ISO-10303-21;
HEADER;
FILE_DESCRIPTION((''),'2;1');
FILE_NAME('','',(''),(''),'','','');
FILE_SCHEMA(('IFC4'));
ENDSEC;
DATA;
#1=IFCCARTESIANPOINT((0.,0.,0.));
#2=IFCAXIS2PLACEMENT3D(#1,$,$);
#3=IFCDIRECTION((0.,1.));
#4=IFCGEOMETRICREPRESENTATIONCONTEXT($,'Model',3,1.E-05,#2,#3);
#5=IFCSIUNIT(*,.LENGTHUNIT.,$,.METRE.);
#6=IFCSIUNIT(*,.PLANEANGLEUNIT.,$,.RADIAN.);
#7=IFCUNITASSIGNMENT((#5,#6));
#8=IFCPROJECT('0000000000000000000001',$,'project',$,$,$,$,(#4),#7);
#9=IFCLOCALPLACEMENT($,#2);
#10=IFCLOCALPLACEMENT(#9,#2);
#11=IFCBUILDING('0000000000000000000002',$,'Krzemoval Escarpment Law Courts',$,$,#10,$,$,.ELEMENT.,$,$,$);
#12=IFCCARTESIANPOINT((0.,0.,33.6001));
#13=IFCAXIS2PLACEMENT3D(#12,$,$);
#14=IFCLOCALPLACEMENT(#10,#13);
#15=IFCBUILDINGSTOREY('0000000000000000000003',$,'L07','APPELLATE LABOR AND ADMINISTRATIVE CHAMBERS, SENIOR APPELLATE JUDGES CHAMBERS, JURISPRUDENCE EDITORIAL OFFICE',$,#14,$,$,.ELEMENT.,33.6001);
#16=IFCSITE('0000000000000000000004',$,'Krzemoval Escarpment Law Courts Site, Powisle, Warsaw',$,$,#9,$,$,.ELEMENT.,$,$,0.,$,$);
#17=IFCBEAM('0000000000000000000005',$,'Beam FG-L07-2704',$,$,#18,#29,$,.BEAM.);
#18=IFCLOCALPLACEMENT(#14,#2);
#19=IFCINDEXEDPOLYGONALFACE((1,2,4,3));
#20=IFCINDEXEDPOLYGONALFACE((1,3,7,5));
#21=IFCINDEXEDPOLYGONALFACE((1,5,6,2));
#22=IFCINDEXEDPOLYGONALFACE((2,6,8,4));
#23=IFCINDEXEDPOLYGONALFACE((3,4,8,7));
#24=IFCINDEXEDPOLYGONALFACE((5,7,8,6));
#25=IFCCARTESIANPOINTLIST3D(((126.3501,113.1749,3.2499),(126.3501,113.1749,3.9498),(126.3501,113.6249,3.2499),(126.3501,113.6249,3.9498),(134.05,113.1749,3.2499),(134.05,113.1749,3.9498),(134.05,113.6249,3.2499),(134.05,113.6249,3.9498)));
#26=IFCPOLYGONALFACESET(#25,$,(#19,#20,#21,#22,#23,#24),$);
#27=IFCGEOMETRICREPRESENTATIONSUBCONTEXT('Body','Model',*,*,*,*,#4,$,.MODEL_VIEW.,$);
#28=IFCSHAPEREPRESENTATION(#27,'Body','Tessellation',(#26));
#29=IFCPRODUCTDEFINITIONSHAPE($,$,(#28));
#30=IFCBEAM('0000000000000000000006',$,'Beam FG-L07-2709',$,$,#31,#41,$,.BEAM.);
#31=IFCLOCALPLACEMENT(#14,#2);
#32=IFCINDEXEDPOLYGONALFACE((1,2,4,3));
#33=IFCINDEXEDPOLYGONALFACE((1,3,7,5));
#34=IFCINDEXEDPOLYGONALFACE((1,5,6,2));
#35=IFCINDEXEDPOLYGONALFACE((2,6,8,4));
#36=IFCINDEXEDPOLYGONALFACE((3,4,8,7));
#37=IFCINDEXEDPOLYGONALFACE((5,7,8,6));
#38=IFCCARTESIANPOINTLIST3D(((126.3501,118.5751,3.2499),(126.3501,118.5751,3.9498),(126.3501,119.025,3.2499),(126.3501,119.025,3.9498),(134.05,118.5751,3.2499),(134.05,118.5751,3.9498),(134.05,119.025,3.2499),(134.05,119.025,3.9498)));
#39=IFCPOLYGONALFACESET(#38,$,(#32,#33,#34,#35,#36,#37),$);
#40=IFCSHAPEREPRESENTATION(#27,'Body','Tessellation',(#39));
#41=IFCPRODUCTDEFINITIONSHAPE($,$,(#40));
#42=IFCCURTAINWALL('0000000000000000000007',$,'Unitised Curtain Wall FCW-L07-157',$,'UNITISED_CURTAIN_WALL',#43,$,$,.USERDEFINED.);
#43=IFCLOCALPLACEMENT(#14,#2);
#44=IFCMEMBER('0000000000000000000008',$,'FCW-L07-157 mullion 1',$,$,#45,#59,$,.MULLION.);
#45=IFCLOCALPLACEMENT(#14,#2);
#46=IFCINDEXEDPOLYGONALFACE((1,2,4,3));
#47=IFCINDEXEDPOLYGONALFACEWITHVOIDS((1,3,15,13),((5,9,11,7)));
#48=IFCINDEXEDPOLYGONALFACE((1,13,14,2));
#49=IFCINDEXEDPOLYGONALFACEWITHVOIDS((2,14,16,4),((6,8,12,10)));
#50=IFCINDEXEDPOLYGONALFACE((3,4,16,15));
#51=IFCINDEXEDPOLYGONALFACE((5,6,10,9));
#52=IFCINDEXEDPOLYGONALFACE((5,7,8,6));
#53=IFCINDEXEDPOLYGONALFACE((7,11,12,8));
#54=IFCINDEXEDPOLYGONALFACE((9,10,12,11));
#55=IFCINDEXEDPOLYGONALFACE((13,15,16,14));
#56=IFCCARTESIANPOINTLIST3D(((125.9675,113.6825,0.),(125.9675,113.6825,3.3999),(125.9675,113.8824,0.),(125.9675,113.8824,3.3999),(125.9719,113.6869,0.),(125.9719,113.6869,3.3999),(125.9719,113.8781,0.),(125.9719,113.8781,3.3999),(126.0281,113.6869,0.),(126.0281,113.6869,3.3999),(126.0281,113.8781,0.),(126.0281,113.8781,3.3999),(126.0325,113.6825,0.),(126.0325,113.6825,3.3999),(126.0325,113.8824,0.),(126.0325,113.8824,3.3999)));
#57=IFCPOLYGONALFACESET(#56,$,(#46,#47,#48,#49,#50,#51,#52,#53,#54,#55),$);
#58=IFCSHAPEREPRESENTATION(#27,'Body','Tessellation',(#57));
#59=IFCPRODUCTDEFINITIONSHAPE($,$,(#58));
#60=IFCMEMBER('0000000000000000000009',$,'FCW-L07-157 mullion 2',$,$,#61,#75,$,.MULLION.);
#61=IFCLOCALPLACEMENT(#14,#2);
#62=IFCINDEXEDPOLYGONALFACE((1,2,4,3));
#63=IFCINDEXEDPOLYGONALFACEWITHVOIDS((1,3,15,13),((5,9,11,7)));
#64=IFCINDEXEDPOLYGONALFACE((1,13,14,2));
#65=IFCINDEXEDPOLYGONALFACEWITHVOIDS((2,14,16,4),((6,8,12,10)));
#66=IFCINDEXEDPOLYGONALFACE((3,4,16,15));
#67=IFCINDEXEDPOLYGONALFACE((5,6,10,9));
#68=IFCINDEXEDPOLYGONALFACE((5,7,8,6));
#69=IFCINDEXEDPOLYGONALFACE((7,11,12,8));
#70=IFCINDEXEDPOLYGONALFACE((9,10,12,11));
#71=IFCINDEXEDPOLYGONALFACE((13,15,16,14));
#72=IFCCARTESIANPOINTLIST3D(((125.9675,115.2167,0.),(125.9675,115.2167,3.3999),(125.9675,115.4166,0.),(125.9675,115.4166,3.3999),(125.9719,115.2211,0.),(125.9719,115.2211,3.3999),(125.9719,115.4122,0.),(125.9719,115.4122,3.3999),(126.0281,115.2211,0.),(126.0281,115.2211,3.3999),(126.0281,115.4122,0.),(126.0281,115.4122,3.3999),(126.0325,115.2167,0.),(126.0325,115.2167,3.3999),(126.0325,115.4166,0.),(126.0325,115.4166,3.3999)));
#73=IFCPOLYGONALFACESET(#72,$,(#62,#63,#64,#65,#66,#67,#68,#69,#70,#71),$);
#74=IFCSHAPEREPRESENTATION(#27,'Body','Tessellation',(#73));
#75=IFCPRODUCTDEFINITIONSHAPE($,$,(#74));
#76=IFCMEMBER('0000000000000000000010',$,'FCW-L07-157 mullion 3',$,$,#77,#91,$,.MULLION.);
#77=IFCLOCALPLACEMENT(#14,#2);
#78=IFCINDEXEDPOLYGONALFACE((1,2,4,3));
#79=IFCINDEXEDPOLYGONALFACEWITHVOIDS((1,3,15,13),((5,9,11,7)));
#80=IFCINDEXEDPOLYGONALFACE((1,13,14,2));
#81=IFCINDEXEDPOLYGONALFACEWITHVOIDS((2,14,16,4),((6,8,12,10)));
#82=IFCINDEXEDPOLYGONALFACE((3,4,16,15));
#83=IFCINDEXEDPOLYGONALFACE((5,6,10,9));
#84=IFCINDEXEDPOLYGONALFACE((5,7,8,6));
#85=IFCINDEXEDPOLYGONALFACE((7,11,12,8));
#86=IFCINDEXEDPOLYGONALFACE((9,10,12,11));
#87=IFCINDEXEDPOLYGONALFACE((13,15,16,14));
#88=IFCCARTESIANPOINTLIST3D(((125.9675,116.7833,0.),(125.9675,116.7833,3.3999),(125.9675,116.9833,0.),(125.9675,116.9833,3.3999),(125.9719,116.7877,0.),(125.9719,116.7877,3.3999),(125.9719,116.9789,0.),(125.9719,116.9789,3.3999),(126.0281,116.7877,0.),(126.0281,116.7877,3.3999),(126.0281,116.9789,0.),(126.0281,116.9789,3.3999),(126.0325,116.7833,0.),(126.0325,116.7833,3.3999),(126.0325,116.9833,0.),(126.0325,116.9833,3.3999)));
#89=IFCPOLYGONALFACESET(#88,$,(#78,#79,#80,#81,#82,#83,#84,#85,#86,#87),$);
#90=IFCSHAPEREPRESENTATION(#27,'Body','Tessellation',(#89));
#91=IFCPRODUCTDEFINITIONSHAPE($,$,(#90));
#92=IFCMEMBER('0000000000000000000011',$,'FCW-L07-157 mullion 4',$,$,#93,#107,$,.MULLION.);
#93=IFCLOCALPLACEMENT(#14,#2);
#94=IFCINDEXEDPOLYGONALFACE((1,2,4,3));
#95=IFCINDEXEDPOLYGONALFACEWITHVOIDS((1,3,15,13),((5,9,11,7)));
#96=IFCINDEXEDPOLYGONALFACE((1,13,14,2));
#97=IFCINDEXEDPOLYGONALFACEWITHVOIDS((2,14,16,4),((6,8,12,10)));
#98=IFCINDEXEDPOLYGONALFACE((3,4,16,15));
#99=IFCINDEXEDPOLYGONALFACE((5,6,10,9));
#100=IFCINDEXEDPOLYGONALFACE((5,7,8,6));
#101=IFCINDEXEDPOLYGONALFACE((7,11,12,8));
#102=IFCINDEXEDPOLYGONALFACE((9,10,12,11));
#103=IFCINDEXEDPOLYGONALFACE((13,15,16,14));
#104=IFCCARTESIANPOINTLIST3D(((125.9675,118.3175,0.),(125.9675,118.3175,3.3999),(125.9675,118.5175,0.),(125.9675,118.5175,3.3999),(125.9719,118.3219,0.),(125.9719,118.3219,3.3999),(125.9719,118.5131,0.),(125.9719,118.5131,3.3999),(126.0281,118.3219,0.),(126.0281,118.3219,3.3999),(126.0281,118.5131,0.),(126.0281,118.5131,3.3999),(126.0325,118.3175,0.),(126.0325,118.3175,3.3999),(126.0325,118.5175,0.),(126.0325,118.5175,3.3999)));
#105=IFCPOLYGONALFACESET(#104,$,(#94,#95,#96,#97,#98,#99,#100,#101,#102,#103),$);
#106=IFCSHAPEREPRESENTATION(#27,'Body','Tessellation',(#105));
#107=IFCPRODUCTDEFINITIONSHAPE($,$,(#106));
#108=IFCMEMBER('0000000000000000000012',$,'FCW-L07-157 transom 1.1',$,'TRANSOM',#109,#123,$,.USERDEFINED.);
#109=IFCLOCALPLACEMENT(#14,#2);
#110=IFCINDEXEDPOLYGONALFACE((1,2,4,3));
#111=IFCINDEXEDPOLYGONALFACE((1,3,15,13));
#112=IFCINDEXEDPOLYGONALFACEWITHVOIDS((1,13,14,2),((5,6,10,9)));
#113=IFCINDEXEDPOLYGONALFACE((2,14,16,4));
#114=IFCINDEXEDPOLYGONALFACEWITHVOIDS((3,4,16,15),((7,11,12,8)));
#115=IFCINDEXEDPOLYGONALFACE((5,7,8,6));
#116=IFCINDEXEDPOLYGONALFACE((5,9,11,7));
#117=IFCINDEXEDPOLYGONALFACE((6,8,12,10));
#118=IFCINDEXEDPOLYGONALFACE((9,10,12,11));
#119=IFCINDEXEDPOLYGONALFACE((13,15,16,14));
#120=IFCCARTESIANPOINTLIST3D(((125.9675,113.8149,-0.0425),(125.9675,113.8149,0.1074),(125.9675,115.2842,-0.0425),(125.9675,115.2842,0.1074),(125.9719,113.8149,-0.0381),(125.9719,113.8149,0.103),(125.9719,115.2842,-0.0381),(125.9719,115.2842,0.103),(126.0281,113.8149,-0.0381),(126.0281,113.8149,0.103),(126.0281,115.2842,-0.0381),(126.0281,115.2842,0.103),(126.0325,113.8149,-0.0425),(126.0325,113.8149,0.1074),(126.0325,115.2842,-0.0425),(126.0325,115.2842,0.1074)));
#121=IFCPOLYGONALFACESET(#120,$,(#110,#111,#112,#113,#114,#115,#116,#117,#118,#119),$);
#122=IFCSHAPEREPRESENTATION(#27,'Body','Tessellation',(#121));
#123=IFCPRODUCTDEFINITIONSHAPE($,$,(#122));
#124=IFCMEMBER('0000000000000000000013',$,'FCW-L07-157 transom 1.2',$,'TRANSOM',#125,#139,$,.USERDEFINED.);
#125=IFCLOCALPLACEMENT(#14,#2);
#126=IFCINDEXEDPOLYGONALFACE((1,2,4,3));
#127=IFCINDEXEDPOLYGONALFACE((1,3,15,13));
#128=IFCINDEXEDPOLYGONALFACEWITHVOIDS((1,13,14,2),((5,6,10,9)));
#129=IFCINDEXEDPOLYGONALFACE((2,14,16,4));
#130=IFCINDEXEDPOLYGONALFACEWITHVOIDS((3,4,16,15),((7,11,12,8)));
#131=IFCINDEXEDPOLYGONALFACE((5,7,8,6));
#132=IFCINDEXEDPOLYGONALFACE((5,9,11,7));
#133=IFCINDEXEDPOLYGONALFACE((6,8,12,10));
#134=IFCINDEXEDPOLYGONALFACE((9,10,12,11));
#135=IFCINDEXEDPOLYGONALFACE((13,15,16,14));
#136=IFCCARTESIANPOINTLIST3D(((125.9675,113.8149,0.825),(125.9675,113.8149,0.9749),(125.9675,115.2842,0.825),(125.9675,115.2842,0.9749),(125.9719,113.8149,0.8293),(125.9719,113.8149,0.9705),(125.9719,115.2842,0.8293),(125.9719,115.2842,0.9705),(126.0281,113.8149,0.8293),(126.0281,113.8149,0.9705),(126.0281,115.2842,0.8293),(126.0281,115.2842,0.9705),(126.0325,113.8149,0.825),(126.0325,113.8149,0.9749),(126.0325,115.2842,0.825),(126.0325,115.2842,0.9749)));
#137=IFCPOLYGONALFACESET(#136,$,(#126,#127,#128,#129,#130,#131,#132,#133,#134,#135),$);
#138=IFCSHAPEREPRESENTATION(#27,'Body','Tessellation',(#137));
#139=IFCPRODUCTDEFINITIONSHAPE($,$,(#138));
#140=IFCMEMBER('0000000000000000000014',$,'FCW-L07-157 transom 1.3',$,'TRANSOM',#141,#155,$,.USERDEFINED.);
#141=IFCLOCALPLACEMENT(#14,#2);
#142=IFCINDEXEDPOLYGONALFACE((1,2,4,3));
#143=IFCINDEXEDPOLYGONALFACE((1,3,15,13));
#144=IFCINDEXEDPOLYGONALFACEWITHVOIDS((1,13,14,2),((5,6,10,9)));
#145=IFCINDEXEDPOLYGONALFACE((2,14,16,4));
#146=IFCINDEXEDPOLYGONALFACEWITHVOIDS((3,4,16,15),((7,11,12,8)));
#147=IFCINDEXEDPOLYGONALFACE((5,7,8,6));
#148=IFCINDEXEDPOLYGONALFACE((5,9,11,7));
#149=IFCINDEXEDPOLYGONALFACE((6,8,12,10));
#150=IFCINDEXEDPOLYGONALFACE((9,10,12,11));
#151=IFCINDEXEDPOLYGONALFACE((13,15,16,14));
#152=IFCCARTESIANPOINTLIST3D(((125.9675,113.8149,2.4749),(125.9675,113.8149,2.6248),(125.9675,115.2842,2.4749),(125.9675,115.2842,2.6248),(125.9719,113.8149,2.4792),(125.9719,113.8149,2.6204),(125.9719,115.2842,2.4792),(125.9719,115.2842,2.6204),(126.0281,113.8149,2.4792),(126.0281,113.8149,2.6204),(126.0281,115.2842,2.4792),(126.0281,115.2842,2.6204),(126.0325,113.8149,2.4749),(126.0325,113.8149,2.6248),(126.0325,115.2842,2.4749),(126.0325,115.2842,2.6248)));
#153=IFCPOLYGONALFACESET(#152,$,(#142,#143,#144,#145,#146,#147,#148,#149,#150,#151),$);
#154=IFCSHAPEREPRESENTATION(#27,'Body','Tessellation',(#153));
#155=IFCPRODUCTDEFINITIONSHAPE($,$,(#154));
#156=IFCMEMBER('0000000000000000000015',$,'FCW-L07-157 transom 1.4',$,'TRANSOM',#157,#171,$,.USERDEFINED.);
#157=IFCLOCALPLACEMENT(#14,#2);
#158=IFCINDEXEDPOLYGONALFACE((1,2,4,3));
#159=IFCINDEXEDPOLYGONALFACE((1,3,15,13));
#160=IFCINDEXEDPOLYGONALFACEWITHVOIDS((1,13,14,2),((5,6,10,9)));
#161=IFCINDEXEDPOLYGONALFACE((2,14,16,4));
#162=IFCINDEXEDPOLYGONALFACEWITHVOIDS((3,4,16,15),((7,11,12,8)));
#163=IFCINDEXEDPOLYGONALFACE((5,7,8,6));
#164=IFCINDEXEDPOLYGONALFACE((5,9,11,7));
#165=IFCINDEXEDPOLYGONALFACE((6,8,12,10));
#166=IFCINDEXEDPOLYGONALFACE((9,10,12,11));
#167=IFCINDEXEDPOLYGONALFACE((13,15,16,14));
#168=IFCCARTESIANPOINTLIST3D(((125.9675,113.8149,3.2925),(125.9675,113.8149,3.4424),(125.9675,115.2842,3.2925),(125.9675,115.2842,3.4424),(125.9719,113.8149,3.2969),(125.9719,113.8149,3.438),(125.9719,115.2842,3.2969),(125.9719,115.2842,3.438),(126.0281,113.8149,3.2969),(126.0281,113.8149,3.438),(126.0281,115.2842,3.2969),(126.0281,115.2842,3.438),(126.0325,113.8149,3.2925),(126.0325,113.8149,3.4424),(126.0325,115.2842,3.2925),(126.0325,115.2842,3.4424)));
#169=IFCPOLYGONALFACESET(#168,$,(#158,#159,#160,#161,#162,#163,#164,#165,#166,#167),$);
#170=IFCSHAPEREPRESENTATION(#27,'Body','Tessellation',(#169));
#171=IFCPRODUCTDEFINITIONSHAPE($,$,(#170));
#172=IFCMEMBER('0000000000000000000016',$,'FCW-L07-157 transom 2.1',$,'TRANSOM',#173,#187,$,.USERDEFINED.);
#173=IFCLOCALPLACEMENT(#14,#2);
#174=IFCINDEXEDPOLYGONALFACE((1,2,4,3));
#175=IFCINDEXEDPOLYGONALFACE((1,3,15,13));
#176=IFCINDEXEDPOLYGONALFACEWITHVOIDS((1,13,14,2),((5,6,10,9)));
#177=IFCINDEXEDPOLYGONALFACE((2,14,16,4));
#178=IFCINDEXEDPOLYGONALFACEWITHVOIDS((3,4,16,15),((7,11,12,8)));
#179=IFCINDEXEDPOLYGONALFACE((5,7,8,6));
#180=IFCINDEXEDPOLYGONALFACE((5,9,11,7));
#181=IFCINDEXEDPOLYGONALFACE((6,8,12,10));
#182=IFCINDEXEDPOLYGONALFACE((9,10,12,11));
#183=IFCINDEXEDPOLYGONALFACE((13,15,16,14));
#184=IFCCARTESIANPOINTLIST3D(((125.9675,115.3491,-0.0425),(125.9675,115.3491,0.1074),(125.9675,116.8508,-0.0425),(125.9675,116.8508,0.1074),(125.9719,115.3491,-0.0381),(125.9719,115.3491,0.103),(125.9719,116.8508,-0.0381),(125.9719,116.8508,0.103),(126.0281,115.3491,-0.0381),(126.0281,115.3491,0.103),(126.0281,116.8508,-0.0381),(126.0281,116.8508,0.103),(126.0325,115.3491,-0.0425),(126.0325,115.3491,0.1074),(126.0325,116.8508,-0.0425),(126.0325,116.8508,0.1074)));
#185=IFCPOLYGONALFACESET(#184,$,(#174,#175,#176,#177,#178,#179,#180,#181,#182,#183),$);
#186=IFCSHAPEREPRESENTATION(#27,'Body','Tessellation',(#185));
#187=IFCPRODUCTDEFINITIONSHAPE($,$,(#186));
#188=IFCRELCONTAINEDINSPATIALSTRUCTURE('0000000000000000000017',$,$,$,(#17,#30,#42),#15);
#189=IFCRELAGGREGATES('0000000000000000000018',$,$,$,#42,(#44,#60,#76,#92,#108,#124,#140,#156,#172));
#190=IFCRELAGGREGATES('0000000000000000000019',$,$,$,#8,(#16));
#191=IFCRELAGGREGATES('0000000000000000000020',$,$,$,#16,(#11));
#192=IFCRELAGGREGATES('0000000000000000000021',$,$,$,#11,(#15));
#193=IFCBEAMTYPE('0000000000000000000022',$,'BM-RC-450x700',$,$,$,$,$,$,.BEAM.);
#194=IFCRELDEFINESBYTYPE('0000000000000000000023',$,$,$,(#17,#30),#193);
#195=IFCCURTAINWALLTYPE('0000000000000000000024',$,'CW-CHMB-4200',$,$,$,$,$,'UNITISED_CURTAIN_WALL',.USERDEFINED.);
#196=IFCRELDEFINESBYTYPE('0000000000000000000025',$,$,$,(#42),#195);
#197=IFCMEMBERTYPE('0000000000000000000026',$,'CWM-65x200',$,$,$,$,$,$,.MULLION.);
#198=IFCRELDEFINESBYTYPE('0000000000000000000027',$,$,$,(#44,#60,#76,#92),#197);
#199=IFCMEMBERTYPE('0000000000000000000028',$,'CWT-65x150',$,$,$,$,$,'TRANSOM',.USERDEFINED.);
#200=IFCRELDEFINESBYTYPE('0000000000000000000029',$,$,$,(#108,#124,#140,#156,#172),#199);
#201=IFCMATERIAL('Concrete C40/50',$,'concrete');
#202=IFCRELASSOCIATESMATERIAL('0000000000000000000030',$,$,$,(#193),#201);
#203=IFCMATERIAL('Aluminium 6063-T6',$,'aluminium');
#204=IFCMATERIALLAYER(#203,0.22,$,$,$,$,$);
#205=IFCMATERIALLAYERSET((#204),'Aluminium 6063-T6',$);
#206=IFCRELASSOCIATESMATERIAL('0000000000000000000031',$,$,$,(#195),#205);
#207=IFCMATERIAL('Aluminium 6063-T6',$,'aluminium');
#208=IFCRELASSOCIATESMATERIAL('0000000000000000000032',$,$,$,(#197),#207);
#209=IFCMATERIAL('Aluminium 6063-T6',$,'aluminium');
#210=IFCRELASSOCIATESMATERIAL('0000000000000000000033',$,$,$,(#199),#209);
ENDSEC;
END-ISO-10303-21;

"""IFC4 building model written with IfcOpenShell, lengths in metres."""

from ifc_helpers import new_model, si_unit, direction, frame, origin, origin_2d, place, context, subcontext, project, spatial, rectangle, hollow_rectangle, extrude, material, layer, layer_set, material_profile, profile_set, type_object, element, aggregate, save


model = new_model("IFC4")

# Units and contexts
model_context = context("Model", 3, precision=1e-05, world=origin(), true_north=direction((0.0, 1.0)))
body_context = subcontext(model_context, "Body", "Model", "MODEL_VIEW")
ifc_project = project(units=[si_unit("LENGTHUNIT", "METRE"), si_unit("PLANEANGLEUNIT", "RADIAN")], contexts=[model_context])

# Site, building, storey
site_placement = place(None, origin())
site = spatial("IfcSite", under=ifc_project, at=site_placement, Name="Krzemoval Escarpment Law Courts Site, Powisle, Warsaw", CompositionType="ELEMENT", RefElevation=0.0)
building_placement = place(site_placement, origin())
building = spatial("IfcBuilding", under=site, at=building_placement, Name="Krzemoval Escarpment Law Courts", CompositionType="ELEMENT")
storey_placement = place(building_placement, frame((0.0, 0.0, 33.6001)))
storey = spatial("IfcBuildingStorey", under=building, at=storey_placement, Name="L07", Description="APPELLATE LABOR AND ADMINISTRATIVE CHAMBERS, SENIOR APPELLATE JUDGES CHAMBERS, JURISPRUDENCE EDITORIAL OFFICE", CompositionType="ELEMENT", Elevation=33.6001)

# Beams
ifc_material_1 = material(Name="Concrete C40/50", Category="concrete")
ifc_material_profile_1 = material_profile(ifc_material_1, rectangle(XDim=0.45, YDim=0.7, at=origin_2d()), Name="RCB 450x700")
ifc_profile_set_1 = profile_set([ifc_material_profile_1], Name="Concrete C40/50")
beam_type = type_object("IfcBeamType", Name="BM-RC-450x700", PredefinedType="BEAM", material=ifc_profile_set_1)
for number, where, z_axis, x_axis, name in (
    (1, (126.3501, 113.3999, 3.5999), (1.0, 0.0, 0.0), (0.0, 1.0, 0.0), "Beam FG-L07-2704"),
    (2, (126.3501, 118.8, 3.5999), (1.0, 0.0, 0.0), (0.0, 1.0, 0.0), "Beam FG-L07-2709"),
):
    element("IfcBeam", number, at=place(storey_placement, frame(where, z_axis=z_axis, x_axis=x_axis)), inside=storey, type_object=beam_type, Name=name, PredefinedType="BEAM", context=body_context, shape_type="SweptSolid", body=[
        extrude(rectangle(XDim=0.45, YDim=0.7, at=origin_2d()), origin(), (0.0, 0.0, 1.0), 7.7),
    ])

# Curtain wall, members
ifc_material_2 = material(Name="Aluminium 6063-T6", Category="aluminium")
ifc_layer_1 = layer(ifc_material_2, 0.22)
ifc_layer_set_1 = layer_set([ifc_layer_1], Name="Aluminium 6063-T6")
curtain_wall_type = type_object("IfcCurtainWallType", Name="CW-CHMB-4200", ElementType="UNITISED_CURTAIN_WALL", PredefinedType="USERDEFINED", material=ifc_layer_set_1)
curtain_wall_placement = place(storey_placement, origin())
curtain_wall = element("IfcCurtainWall", 3, at=curtain_wall_placement, inside=storey, type_object=curtain_wall_type, Name="Unitised Curtain Wall FCW-L07-157", ObjectType="UNITISED_CURTAIN_WALL", PredefinedType="USERDEFINED")
ifc_material_3 = material(Name="Aluminium 6063-T6", Category="aluminium")
ifc_material_profile_2 = material_profile(ifc_material_3, hollow_rectangle(XDim=0.0649, YDim=0.2, WallThickness=0.0044, at=origin_2d()), Name="ALU M65x200")
ifc_profile_set_2 = profile_set([ifc_material_profile_2], Name="Aluminium 6063-T6")
member_type_1 = type_object("IfcMemberType", Name="CWM-65x200", PredefinedType="MULLION", material=ifc_profile_set_2)
member_1_placement = place(storey_placement, frame((126.0, 113.7825, 0.0), z_axis=(0.0, 0.0, 1.0), x_axis=(-1.0, 0.0, 0.0)))
member_1 = element("IfcMember", 4, at=member_1_placement, type_object=member_type_1, Name="FCW-L07-157 mullion 1", PredefinedType="MULLION", context=body_context, shape_type="SweptSolid", body=[
    extrude(hollow_rectangle(XDim=0.0649, YDim=0.2, WallThickness=0.0044, at=origin_2d()), origin(), (0.0, 0.0, 1.0), 3.3999),
])
member_2_placement = place(storey_placement, frame((126.0, 115.3167, 0.0), z_axis=(0.0, 0.0, 1.0), x_axis=(-1.0, 0.0, 0.0)))
member_2 = element("IfcMember", 5, at=member_2_placement, type_object=member_type_1, Name="FCW-L07-157 mullion 2", PredefinedType="MULLION", context=body_context, shape_type="SweptSolid", body=[
    extrude(hollow_rectangle(XDim=0.0649, YDim=0.2, WallThickness=0.0044, at=origin_2d()), origin(), (0.0, 0.0, 1.0), 3.3999),
])
member_3_placement = place(storey_placement, frame((126.0, 116.8833, 0.0), z_axis=(0.0, 0.0, 1.0), x_axis=(-1.0, 0.0, 0.0)))
member_3 = element("IfcMember", 6, at=member_3_placement, type_object=member_type_1, Name="FCW-L07-157 mullion 3", PredefinedType="MULLION", context=body_context, shape_type="SweptSolid", body=[
    extrude(hollow_rectangle(XDim=0.0649, YDim=0.2, WallThickness=0.0044, at=origin_2d()), origin(), (0.0, 0.0, 1.0), 3.3999),
])
member_4_placement = place(storey_placement, frame((126.0, 118.4175, 0.0), z_axis=(0.0, 0.0, 1.0), x_axis=(-1.0, 0.0, 0.0)))
member_4 = element("IfcMember", 7, at=member_4_placement, type_object=member_type_1, Name="FCW-L07-157 mullion 4", PredefinedType="MULLION", context=body_context, shape_type="SweptSolid", body=[
    extrude(hollow_rectangle(XDim=0.0649, YDim=0.2, WallThickness=0.0044, at=origin_2d()), origin(), (0.0, 0.0, 1.0), 3.3999),
])
ifc_material_4 = material(Name="Aluminium 6063-T6", Category="aluminium")
ifc_material_profile_3 = material_profile(ifc_material_4, hollow_rectangle(XDim=0.0649, YDim=0.1499, WallThickness=0.0044, at=origin_2d()), Name="ALU T65x150")
ifc_profile_set_3 = profile_set([ifc_material_profile_3], Name="Aluminium 6063-T6")
member_type_2 = type_object("IfcMemberType", Name="CWT-65x150", ElementType="TRANSOM", PredefinedType="USERDEFINED", material=ifc_profile_set_3)
member_5_placement = place(storey_placement, frame((126.0, 113.8149, 0.0325), z_axis=(0.0, 1.0, 0.0), x_axis=(-1.0, 0.0, 0.0)))
member_5 = element("IfcMember", 8, at=member_5_placement, type_object=member_type_2, Name="FCW-L07-157 transom 1.1", ObjectType="TRANSOM", PredefinedType="USERDEFINED", context=body_context, shape_type="SweptSolid", body=[
    extrude(hollow_rectangle(XDim=0.0649, YDim=0.1499, WallThickness=0.0044, at=origin_2d()), origin(), (0.0, 0.0, 1.0), 1.4692),
])
member_6_placement = place(storey_placement, frame((126.0, 113.8149, 0.8999), z_axis=(0.0, 1.0, 0.0), x_axis=(-1.0, 0.0, 0.0)))
member_6 = element("IfcMember", 9, at=member_6_placement, type_object=member_type_2, Name="FCW-L07-157 transom 1.2", ObjectType="TRANSOM", PredefinedType="USERDEFINED", context=body_context, shape_type="SweptSolid", body=[
    extrude(hollow_rectangle(XDim=0.0649, YDim=0.1499, WallThickness=0.0044, at=origin_2d()), origin(), (0.0, 0.0, 1.0), 1.4692),
])
member_7_placement = place(storey_placement, frame((126.0, 113.8149, 2.5498), z_axis=(0.0, 1.0, 0.0), x_axis=(-1.0, 0.0, 0.0)))
member_7 = element("IfcMember", 10, at=member_7_placement, type_object=member_type_2, Name="FCW-L07-157 transom 1.3", ObjectType="TRANSOM", PredefinedType="USERDEFINED", context=body_context, shape_type="SweptSolid", body=[
    extrude(hollow_rectangle(XDim=0.0649, YDim=0.1499, WallThickness=0.0044, at=origin_2d()), origin(), (0.0, 0.0, 1.0), 1.4692),
])
member_8_placement = place(storey_placement, frame((126.0, 113.8149, 3.3674), z_axis=(0.0, 1.0, 0.0), x_axis=(-1.0, 0.0, 0.0)))
member_8 = element("IfcMember", 11, at=member_8_placement, type_object=member_type_2, Name="FCW-L07-157 transom 1.4", ObjectType="TRANSOM", PredefinedType="USERDEFINED", context=body_context, shape_type="SweptSolid", body=[
    extrude(hollow_rectangle(XDim=0.0649, YDim=0.1499, WallThickness=0.0044, at=origin_2d()), origin(), (0.0, 0.0, 1.0), 1.4692),
])
member_9_placement = place(storey_placement, frame((126.0, 115.3491, 0.0325), z_axis=(0.0, 1.0, 0.0), x_axis=(-1.0, 0.0, 0.0)))
member_9 = element("IfcMember", 12, at=member_9_placement, type_object=member_type_2, Name="FCW-L07-157 transom 2.1", ObjectType="TRANSOM", PredefinedType="USERDEFINED", context=body_context, shape_type="SweptSolid", body=[
    extrude(hollow_rectangle(XDim=0.0649, YDim=0.1499, WallThickness=0.0044, at=origin_2d()), origin(), (0.0, 0.0, 1.0), 1.5017),
])

aggregate(curtain_wall, [member_1, member_2, member_3, member_4, member_5, member_6, member_7, member_8, member_9])

save(model, "model.ifc")
